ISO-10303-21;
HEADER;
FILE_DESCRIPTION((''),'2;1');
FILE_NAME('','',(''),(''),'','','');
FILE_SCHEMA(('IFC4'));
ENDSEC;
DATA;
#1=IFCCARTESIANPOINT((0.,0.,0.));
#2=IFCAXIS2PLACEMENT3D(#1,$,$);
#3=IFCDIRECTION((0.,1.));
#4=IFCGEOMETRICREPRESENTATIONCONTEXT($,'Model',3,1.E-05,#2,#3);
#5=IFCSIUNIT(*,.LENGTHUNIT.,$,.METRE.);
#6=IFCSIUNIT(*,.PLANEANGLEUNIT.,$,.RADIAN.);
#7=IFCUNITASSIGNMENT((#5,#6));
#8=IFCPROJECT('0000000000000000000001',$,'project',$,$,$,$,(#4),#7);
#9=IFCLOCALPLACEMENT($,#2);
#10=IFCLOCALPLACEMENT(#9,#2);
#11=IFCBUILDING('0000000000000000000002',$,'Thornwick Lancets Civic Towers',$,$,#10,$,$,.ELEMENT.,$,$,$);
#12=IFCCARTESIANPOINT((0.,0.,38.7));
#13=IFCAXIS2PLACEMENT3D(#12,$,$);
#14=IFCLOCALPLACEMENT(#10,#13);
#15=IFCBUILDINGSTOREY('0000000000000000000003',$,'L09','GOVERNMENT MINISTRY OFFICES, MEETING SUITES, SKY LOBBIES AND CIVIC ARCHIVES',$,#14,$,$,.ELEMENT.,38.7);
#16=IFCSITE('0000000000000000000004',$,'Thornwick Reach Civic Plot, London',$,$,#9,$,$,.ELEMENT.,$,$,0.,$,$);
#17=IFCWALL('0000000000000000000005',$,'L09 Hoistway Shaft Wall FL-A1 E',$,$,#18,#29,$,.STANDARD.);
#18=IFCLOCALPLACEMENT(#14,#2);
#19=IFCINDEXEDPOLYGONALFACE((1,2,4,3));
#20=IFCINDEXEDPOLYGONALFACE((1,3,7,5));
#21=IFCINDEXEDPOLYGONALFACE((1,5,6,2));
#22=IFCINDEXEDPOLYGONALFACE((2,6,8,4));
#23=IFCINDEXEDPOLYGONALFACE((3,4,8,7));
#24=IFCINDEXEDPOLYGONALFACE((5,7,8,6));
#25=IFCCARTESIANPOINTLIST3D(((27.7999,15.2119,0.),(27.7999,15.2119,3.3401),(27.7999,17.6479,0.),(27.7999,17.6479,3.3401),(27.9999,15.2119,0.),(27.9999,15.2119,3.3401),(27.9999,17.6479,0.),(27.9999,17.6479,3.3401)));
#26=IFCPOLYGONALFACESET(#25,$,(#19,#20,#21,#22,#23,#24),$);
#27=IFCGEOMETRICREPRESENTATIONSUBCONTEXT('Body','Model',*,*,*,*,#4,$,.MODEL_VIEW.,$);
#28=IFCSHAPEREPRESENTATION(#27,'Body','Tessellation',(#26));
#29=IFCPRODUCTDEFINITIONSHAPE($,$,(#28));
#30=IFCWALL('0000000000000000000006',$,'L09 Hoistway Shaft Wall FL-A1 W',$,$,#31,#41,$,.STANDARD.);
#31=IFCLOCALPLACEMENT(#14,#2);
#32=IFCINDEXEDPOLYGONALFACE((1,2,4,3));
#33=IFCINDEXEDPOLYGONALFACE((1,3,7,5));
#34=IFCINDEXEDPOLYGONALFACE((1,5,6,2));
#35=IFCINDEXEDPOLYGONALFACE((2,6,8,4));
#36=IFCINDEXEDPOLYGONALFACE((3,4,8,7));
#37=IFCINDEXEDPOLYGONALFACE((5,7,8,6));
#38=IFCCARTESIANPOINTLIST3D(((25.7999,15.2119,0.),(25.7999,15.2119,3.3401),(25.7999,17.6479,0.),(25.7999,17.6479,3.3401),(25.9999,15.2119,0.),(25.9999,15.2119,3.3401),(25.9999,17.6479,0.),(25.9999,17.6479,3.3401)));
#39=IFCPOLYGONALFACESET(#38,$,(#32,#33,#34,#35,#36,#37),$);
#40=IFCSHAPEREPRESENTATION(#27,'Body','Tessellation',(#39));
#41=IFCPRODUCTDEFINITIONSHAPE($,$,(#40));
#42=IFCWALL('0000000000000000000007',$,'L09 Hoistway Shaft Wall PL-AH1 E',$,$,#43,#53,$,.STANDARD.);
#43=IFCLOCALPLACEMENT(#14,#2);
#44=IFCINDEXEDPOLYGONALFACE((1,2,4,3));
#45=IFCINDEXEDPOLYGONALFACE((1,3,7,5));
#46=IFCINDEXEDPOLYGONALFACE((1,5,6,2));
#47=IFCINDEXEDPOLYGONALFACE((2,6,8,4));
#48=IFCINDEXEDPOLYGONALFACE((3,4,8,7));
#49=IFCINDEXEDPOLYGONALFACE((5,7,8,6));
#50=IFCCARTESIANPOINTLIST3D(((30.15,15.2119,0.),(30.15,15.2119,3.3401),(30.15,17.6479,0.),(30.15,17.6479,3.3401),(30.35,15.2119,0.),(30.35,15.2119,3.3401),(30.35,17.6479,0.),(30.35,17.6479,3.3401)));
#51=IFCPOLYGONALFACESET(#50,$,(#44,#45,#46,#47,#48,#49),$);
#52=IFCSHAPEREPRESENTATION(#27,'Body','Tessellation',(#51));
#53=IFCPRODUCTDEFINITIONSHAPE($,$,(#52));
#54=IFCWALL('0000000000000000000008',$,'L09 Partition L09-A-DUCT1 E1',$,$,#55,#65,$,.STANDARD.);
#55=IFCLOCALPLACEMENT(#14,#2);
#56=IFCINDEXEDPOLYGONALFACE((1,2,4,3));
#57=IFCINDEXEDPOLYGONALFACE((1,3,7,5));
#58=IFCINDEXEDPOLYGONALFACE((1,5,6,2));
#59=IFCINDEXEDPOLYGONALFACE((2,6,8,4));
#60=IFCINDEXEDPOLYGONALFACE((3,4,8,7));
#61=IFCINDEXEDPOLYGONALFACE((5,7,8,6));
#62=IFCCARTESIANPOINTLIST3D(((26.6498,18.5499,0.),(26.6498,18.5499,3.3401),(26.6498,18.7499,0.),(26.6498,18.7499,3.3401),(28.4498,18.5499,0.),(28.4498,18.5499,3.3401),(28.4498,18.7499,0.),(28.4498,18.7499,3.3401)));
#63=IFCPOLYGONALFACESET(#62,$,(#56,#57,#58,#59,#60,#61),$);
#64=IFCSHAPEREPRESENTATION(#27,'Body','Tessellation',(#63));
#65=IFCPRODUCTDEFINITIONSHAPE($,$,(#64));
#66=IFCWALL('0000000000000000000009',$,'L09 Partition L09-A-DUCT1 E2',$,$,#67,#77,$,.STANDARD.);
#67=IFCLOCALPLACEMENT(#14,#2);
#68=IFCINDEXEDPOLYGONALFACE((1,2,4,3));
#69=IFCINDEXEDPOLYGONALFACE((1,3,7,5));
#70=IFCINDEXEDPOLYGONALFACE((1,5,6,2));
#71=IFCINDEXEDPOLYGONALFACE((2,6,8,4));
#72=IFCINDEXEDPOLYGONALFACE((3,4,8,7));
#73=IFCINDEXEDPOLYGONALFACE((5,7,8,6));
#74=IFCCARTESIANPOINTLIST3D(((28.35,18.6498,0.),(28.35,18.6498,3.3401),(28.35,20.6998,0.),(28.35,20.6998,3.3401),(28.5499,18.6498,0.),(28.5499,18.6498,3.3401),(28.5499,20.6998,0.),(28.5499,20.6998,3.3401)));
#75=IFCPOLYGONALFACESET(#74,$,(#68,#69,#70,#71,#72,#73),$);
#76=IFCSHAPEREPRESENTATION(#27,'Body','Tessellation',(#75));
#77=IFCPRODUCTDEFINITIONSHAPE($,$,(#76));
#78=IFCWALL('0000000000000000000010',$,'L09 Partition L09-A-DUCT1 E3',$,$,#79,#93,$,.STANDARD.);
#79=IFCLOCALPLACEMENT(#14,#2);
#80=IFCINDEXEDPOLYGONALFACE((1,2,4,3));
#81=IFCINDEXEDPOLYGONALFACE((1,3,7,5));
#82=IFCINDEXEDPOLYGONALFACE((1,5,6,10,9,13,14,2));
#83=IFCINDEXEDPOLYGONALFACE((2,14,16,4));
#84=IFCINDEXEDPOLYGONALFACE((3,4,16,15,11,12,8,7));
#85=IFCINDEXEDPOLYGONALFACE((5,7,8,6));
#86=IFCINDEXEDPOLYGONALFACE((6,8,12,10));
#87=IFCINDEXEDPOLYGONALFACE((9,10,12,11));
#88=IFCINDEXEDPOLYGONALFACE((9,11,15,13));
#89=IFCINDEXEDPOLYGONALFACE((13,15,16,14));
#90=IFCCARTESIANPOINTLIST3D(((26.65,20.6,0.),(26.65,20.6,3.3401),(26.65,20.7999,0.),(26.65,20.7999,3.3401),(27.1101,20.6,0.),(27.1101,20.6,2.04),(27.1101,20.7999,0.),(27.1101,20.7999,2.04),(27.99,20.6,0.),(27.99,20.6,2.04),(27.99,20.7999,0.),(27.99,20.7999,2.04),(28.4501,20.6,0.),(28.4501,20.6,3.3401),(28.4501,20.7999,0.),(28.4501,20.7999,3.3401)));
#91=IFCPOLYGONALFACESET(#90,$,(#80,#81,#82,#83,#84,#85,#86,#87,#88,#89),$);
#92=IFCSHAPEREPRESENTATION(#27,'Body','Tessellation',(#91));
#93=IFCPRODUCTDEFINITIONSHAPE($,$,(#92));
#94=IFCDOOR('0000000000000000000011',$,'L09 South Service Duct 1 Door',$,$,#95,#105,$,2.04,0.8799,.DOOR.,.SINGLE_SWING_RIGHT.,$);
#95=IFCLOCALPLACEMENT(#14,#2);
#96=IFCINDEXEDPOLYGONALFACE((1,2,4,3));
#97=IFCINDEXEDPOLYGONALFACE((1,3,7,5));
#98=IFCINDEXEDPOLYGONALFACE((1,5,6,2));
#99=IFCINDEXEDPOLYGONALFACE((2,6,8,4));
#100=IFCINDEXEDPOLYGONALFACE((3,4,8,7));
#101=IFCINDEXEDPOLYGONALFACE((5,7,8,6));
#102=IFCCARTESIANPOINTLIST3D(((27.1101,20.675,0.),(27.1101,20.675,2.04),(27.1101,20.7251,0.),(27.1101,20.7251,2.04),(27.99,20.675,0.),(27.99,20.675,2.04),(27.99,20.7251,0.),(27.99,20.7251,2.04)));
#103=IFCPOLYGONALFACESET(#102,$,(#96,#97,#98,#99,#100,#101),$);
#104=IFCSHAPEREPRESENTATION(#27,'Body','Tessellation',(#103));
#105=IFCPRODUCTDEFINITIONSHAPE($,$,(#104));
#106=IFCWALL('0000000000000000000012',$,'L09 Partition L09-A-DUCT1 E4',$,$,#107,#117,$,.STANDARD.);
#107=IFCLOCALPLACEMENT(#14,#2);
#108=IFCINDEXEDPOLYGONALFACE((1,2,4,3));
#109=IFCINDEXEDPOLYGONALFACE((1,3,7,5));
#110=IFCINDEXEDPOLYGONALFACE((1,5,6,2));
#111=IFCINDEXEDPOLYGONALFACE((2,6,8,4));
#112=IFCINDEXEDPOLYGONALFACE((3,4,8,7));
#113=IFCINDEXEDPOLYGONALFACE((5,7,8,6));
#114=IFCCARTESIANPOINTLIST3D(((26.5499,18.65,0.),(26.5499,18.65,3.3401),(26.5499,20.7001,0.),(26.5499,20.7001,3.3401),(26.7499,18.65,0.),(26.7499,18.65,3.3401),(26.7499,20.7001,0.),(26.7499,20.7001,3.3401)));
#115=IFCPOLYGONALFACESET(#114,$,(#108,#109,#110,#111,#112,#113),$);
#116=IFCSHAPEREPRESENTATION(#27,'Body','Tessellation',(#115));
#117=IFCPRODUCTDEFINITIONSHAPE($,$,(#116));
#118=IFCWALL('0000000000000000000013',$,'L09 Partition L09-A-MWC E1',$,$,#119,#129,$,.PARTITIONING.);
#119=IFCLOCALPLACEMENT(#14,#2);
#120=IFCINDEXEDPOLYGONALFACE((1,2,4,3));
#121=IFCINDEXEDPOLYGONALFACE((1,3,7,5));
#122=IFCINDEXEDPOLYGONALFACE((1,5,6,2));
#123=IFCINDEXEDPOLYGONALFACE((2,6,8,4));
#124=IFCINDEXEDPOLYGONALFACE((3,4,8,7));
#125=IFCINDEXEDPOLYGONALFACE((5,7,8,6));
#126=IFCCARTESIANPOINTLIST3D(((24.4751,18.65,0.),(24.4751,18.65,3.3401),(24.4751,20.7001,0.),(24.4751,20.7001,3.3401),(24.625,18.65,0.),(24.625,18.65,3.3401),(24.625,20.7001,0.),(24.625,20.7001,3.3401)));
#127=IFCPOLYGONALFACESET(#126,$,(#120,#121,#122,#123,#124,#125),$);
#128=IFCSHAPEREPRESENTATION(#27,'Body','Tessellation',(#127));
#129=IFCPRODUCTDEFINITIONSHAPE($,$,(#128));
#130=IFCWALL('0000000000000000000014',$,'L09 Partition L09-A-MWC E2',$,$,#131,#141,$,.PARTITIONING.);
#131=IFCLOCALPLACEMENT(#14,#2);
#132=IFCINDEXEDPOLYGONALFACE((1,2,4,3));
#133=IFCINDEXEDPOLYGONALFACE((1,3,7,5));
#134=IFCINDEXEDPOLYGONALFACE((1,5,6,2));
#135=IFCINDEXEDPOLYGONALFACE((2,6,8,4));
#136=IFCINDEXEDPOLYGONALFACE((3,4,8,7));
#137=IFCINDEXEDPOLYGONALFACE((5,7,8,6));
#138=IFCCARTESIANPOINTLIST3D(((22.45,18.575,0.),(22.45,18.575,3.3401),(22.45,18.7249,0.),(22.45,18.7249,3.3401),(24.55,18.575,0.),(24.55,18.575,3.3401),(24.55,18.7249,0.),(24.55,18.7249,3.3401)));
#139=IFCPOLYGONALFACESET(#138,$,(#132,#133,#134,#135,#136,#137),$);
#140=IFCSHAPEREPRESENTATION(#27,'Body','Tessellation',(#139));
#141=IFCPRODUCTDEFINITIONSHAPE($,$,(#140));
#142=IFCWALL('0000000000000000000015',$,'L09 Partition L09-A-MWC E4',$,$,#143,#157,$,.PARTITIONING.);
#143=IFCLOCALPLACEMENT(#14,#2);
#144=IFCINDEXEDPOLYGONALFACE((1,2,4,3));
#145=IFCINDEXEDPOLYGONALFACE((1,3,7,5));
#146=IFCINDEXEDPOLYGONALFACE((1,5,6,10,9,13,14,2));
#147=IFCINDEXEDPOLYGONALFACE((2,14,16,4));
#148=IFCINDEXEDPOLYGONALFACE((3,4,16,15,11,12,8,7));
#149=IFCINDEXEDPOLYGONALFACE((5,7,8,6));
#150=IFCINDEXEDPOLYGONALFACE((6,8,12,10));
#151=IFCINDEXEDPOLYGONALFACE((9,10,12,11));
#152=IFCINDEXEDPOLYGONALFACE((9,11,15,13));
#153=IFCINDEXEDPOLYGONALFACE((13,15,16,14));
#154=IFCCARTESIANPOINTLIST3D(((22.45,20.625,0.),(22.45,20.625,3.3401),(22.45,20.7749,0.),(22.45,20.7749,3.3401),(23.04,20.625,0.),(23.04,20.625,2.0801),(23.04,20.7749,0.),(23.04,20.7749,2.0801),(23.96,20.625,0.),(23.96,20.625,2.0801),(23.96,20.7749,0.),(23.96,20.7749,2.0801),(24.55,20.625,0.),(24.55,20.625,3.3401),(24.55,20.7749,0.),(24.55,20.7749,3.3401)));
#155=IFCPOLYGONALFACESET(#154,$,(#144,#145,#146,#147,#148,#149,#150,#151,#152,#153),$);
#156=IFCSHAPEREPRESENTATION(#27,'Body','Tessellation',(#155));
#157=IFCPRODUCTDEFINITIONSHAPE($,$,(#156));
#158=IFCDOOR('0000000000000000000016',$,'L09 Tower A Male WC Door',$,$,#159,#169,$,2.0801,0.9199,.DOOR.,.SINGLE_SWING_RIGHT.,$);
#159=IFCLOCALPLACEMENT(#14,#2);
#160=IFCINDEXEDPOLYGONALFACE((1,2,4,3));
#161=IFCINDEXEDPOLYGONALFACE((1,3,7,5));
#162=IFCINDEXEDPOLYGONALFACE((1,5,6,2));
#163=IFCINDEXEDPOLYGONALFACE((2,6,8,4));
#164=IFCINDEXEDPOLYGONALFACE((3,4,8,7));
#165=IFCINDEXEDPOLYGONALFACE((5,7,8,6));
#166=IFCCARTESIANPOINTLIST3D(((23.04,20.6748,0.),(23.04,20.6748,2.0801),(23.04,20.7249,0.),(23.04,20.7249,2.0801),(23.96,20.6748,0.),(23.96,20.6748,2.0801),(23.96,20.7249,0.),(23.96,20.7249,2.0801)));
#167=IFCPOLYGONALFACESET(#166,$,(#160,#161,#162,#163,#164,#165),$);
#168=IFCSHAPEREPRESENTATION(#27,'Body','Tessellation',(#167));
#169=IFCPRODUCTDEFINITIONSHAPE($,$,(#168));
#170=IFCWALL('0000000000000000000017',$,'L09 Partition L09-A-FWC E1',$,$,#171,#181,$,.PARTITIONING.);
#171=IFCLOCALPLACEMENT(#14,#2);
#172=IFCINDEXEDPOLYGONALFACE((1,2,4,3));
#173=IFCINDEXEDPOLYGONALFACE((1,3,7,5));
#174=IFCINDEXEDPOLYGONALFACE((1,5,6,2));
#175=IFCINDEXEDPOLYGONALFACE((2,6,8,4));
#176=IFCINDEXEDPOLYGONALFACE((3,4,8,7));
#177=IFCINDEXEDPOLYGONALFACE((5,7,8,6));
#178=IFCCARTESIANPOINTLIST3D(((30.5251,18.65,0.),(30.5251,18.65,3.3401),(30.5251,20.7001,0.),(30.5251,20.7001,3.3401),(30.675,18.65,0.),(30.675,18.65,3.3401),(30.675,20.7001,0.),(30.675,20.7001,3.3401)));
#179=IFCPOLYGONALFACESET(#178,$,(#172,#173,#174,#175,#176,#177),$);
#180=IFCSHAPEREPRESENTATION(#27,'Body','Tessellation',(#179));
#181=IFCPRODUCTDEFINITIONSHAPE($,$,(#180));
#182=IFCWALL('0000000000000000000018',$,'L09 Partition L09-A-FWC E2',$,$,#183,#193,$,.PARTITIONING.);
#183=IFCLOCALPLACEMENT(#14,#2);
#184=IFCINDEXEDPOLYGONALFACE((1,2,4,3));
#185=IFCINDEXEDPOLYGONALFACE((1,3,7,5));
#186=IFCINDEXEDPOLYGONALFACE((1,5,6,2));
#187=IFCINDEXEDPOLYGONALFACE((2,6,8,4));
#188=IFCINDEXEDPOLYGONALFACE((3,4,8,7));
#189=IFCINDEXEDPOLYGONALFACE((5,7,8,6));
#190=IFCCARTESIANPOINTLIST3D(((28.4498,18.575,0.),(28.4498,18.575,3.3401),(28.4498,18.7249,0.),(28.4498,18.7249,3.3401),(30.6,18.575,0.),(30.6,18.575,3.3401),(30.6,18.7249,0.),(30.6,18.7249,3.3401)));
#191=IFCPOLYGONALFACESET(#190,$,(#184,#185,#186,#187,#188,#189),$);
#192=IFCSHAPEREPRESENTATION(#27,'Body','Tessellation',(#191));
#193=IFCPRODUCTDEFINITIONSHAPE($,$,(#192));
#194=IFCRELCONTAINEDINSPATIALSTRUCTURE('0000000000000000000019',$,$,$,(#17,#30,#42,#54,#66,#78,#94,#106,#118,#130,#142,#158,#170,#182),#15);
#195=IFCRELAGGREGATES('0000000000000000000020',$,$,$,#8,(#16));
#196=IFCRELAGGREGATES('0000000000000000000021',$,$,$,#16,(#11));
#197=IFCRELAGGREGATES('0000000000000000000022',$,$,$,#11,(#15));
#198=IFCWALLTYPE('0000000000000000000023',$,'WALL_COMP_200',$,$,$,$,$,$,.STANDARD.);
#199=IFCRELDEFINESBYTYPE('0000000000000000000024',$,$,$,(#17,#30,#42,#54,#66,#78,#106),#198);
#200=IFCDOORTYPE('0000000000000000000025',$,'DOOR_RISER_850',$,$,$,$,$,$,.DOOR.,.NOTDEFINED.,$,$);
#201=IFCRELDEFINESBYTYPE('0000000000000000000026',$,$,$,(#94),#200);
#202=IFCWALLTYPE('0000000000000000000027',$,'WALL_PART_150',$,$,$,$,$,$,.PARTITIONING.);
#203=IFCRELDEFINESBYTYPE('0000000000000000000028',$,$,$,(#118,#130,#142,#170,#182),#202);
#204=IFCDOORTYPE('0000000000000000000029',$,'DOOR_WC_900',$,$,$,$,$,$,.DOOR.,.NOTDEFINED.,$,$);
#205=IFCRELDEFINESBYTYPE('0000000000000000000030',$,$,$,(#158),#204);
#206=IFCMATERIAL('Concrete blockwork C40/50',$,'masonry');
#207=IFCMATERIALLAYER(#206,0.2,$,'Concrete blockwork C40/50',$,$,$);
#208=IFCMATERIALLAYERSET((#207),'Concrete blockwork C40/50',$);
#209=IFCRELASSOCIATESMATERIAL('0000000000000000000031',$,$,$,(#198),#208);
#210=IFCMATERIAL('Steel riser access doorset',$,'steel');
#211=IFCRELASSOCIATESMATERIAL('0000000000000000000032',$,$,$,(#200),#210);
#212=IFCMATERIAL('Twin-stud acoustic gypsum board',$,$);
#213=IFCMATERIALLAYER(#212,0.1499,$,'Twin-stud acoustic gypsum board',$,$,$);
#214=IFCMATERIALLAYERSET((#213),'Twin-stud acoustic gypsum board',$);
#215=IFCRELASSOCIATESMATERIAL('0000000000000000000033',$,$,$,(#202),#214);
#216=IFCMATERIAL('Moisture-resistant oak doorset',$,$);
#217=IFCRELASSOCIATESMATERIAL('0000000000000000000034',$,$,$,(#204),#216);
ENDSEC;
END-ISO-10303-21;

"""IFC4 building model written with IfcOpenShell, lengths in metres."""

from ifc_helpers import new_model, si_unit, direction, frame, frame_2d, origin, place, context, subcontext, project, spatial, rectangle, extrude, material, layer, layer_set, type_object, element, fill, save


model = new_model("IFC4")

# Units and contexts
model_context = context("Model", 3, precision=1e-05, world=origin(), true_north=direction((0.0, 1.0)))
body_context = subcontext(model_context, "Body", "Model", "MODEL_VIEW")
ifc_project = project(units=[si_unit("LENGTHUNIT", "METRE"), si_unit("PLANEANGLEUNIT", "RADIAN")], contexts=[model_context])

# Site, building, storey
site_placement = place(None, origin())
site = spatial("IfcSite", under=ifc_project, at=site_placement, Name="Thornwick Reach Civic Plot, London", CompositionType="ELEMENT", RefElevation=0.0)
building_placement = place(site_placement, origin())
building = spatial("IfcBuilding", under=site, at=building_placement, Name="Thornwick Lancets Civic Towers", CompositionType="ELEMENT")
storey_placement = place(building_placement, frame((0.0, 0.0, 38.7)))
storey = spatial("IfcBuildingStorey", under=building, at=storey_placement, Name="L09", Description="GOVERNMENT MINISTRY OFFICES, MEETING SUITES, SKY LOBBIES AND CIVIC ARCHIVES", CompositionType="ELEMENT", Elevation=38.7)

# Shared definitions
ifc_material_1 = material(Name="Concrete blockwork C40/50", Category="masonry")
ifc_layer_1 = layer(ifc_material_1, 0.2, Name="Concrete blockwork C40/50")
ifc_layer_set_1 = layer_set([ifc_layer_1], Name="Concrete blockwork C40/50")
wall_type_1 = type_object("IfcWallType", Name="WALL_COMP_200", PredefinedType="STANDARD", material=ifc_layer_set_1)

# Walls
for number, where, z_axis, x_axis, name in (
    (1, (27.8999, 15.2119, 0.0), (0.0, 0.0, 1.0), (0.0, 1.0, 0.0), "L09 Hoistway Shaft Wall FL-A1 E"),
    (2, (25.8999, 15.2119, 0.0), (0.0, 0.0, 1.0), (0.0, 1.0, 0.0), "L09 Hoistway Shaft Wall FL-A1 W"),
    (3, (30.25, 15.2119, 0.0), (0.0, 0.0, 1.0), (0.0, 1.0, 0.0), "L09 Hoistway Shaft Wall PL-AH1 E"),
):
    element("IfcWall", number, at=place(storey_placement, frame(where, z_axis=z_axis, x_axis=x_axis)), inside=storey, type_object=wall_type_1, Name=name, PredefinedType="STANDARD", context=body_context, shape_type="SweptSolid", body=[
        extrude(rectangle(XDim=2.436, YDim=0.2, at=frame_2d((1.218, 0.0))), origin(), (0.0, 0.0, 1.0), 3.3401),
    ])
wall_1_placement = place(storey_placement, frame((26.6499, 18.6499, 0.0), z_axis=(0.0, 0.0, 1.0), x_axis=(1.0, 0.0, 0.0)))
element("IfcWall", 4, at=wall_1_placement, inside=storey, type_object=wall_type_1, Name="L09 Partition L09-A-DUCT1 E1", PredefinedType="STANDARD", context=body_context, shape_type="SweptSolid", body=[
    extrude(rectangle(XDim=1.8, YDim=0.2, at=frame_2d((0.8999, 0.0))), origin(), (0.0, 0.0, 1.0), 3.3401),
])
wall_2_placement = place(storey_placement, frame((28.45, 18.6499, 0.0), z_axis=(0.0, 0.0, 1.0), x_axis=(0.0, 1.0, 0.0)))
element("IfcWall", 5, at=wall_2_placement, inside=storey, type_object=wall_type_1, Name="L09 Partition L09-A-DUCT1 E2", PredefinedType="STANDARD", context=body_context, shape_type="SweptSolid", body=[
    extrude(rectangle(XDim=2.05, YDim=0.2, at=frame_2d((1.0249, 0.0))), origin(), (0.0, 0.0, 1.0), 3.3401),
])

# Wall, opening, door
wall_3_placement = place(storey_placement, frame((28.45, 20.7, 0.0), z_axis=(0.0, 0.0, 1.0), x_axis=(-1.0, 0.0, 0.0)))
wall_3 = element("IfcWall", 6, at=wall_3_placement, inside=storey, type_object=wall_type_1, Name="L09 Partition L09-A-DUCT1 E3", PredefinedType="STANDARD", context=body_context, shape_type="SweptSolid", body=[
    extrude(rectangle(XDim=1.8, YDim=0.2, at=frame_2d((0.8999, 0.0))), origin(), (0.0, 0.0, 1.0), 3.3401),
])
opening_1_placement = place(wall_3_placement, frame((0.46, 0.0, 0.0)))
opening_1 = element("IfcOpeningElement", 7, at=opening_1_placement, cuts=wall_3, PredefinedType="OPENING", context=body_context, shape_type="SweptSolid", body=[
    extrude(rectangle(XDim=0.8799, YDim=2.04, at=frame_2d((0.4399, 1.02))), frame((0.0, 0.1099, 0.0), z_axis=(0.0, -1.0, 0.0), x_axis=(1.0, 0.0, 0.0)), (0.0, 0.0, 1.0), 0.22),
])
ifc_material_2 = material(Name="Steel riser access doorset", Category="steel")
door_type_1 = type_object("IfcDoorType", Name="DOOR_RISER_850", OperationType="NOTDEFINED", PredefinedType="DOOR", material=ifc_material_2)
door_1_placement = place(opening_1_placement, origin())
door_1 = element("IfcDoor", 8, at=door_1_placement, inside=storey, type_object=door_type_1, Name="L09 South Service Duct 1 Door", OperationType="SINGLE_SWING_RIGHT", OverallHeight=2.04, OverallWidth=0.8799, PredefinedType="DOOR", context=body_context, shape_type="SweptSolid", body=[
    extrude(rectangle(XDim=0.8799, YDim=2.04, at=frame_2d((0.4399, 1.02))), frame((0.0, 0.0249, 0.0), z_axis=(0.0, -1.0, 0.0), x_axis=(1.0, 0.0, 0.0)), (0.0, 0.0, 1.0), 0.05),
])
fill(opening_1, door_1)

# Walls
wall_4_placement = place(storey_placement, frame((26.6499, 20.7, 0.0), z_axis=(0.0, 0.0, 1.0), x_axis=(0.0, -1.0, 0.0)))
element("IfcWall", 9, at=wall_4_placement, inside=storey, type_object=wall_type_1, Name="L09 Partition L09-A-DUCT1 E4", PredefinedType="STANDARD", context=body_context, shape_type="SweptSolid", body=[
    extrude(rectangle(XDim=2.05, YDim=0.2, at=frame_2d((1.0249, 0.0))), origin(), (0.0, 0.0, 1.0), 3.3401),
])
ifc_material_3 = material(Name="Twin-stud acoustic gypsum board")
ifc_layer_2 = layer(ifc_material_3, 0.1499, Name="Twin-stud acoustic gypsum board")
ifc_layer_set_2 = layer_set([ifc_layer_2], Name="Twin-stud acoustic gypsum board")
wall_type_2 = type_object("IfcWallType", Name="WALL_PART_150", PredefinedType="PARTITIONING", material=ifc_layer_set_2)
wall_5_placement = place(storey_placement, frame((24.55, 20.7, 0.0), z_axis=(0.0, 0.0, 1.0), x_axis=(0.0, -1.0, 0.0)))
element("IfcWall", 10, at=wall_5_placement, inside=storey, type_object=wall_type_2, Name="L09 Partition L09-A-MWC E1", PredefinedType="PARTITIONING", context=body_context, shape_type="SweptSolid", body=[
    extrude(rectangle(XDim=2.05, YDim=0.1499, at=frame_2d((1.0249, 0.0))), origin(), (0.0, 0.0, 1.0), 3.3401),
])
wall_6_placement = place(storey_placement, frame((24.55, 18.6499, 0.0), z_axis=(0.0, 0.0, 1.0), x_axis=(-1.0, 0.0, 0.0)))
element("IfcWall", 11, at=wall_6_placement, inside=storey, type_object=wall_type_2, Name="L09 Partition L09-A-MWC E2", PredefinedType="PARTITIONING", context=body_context, shape_type="SweptSolid", body=[
    extrude(rectangle(XDim=2.1001, YDim=0.1499, at=frame_2d((1.05, 0.0))), origin(), (0.0, 0.0, 1.0), 3.3401),
])

# Wall, opening, door
wall_7_placement = place(storey_placement, frame((22.45, 20.7, 0.0), z_axis=(0.0, 0.0, 1.0), x_axis=(1.0, 0.0, 0.0)))
wall_7 = element("IfcWall", 12, at=wall_7_placement, inside=storey, type_object=wall_type_2, Name="L09 Partition L09-A-MWC E4", PredefinedType="PARTITIONING", context=body_context, shape_type="SweptSolid", body=[
    extrude(rectangle(XDim=2.1001, YDim=0.1499, at=frame_2d((1.05, 0.0))), origin(), (0.0, 0.0, 1.0), 3.3401),
])
opening_2_placement = place(wall_7_placement, frame((0.5901, 0.0, 0.0)))
opening_2 = element("IfcOpeningElement", 13, at=opening_2_placement, cuts=wall_7, PredefinedType="OPENING", context=body_context, shape_type="SweptSolid", body=[
    extrude(rectangle(XDim=0.9199, YDim=2.0801, at=frame_2d((0.46, 1.04))), frame((0.0, 0.085, 0.0), z_axis=(0.0, -1.0, 0.0), x_axis=(1.0, 0.0, 0.0)), (0.0, 0.0, 1.0), 0.1699),
])
ifc_material_4 = material(Name="Moisture-resistant oak doorset")
door_type_2 = type_object("IfcDoorType", Name="DOOR_WC_900", OperationType="NOTDEFINED", PredefinedType="DOOR", material=ifc_material_4)
door_2_placement = place(opening_2_placement, origin())
door_2 = element("IfcDoor", 14, at=door_2_placement, inside=storey, type_object=door_type_2, Name="L09 Tower A Male WC Door", OperationType="SINGLE_SWING_RIGHT", OverallHeight=2.0801, OverallWidth=0.9199, PredefinedType="DOOR", context=body_context, shape_type="SweptSolid", body=[
    extrude(rectangle(XDim=0.9199, YDim=2.0801, at=frame_2d((0.46, 1.04))), frame((0.0, 0.0249, 0.0), z_axis=(0.0, -1.0, 0.0), x_axis=(1.0, 0.0, 0.0)), (0.0, 0.0, 1.0), 0.05),
])
fill(opening_2, door_2)

# Walls
wall_8_placement = place(storey_placement, frame((30.6001, 20.7, 0.0), z_axis=(0.0, 0.0, 1.0), x_axis=(0.0, -1.0, 0.0)))
element("IfcWall", 15, at=wall_8_placement, inside=storey, type_object=wall_type_2, Name="L09 Partition L09-A-FWC E1", PredefinedType="PARTITIONING", context=body_context, shape_type="SweptSolid", body=[
    extrude(rectangle(XDim=2.05, YDim=0.1499, at=frame_2d((1.0249, 0.0))), origin(), (0.0, 0.0, 1.0), 3.3401),
])
wall_9_placement = place(storey_placement, frame((30.6001, 18.6499, 0.0), z_axis=(0.0, 0.0, 1.0), x_axis=(-1.0, 0.0, 0.0)))
element("IfcWall", 16, at=wall_9_placement, inside=storey, type_object=wall_type_2, Name="L09 Partition L09-A-FWC E2", PredefinedType="PARTITIONING", context=body_context, shape_type="SweptSolid", body=[
    extrude(rectangle(XDim=2.1501, YDim=0.1499, at=frame_2d((1.0752, 0.0))), origin(), (0.0, 0.0, 1.0), 3.3401),
])

save(model, "model.ifc")
